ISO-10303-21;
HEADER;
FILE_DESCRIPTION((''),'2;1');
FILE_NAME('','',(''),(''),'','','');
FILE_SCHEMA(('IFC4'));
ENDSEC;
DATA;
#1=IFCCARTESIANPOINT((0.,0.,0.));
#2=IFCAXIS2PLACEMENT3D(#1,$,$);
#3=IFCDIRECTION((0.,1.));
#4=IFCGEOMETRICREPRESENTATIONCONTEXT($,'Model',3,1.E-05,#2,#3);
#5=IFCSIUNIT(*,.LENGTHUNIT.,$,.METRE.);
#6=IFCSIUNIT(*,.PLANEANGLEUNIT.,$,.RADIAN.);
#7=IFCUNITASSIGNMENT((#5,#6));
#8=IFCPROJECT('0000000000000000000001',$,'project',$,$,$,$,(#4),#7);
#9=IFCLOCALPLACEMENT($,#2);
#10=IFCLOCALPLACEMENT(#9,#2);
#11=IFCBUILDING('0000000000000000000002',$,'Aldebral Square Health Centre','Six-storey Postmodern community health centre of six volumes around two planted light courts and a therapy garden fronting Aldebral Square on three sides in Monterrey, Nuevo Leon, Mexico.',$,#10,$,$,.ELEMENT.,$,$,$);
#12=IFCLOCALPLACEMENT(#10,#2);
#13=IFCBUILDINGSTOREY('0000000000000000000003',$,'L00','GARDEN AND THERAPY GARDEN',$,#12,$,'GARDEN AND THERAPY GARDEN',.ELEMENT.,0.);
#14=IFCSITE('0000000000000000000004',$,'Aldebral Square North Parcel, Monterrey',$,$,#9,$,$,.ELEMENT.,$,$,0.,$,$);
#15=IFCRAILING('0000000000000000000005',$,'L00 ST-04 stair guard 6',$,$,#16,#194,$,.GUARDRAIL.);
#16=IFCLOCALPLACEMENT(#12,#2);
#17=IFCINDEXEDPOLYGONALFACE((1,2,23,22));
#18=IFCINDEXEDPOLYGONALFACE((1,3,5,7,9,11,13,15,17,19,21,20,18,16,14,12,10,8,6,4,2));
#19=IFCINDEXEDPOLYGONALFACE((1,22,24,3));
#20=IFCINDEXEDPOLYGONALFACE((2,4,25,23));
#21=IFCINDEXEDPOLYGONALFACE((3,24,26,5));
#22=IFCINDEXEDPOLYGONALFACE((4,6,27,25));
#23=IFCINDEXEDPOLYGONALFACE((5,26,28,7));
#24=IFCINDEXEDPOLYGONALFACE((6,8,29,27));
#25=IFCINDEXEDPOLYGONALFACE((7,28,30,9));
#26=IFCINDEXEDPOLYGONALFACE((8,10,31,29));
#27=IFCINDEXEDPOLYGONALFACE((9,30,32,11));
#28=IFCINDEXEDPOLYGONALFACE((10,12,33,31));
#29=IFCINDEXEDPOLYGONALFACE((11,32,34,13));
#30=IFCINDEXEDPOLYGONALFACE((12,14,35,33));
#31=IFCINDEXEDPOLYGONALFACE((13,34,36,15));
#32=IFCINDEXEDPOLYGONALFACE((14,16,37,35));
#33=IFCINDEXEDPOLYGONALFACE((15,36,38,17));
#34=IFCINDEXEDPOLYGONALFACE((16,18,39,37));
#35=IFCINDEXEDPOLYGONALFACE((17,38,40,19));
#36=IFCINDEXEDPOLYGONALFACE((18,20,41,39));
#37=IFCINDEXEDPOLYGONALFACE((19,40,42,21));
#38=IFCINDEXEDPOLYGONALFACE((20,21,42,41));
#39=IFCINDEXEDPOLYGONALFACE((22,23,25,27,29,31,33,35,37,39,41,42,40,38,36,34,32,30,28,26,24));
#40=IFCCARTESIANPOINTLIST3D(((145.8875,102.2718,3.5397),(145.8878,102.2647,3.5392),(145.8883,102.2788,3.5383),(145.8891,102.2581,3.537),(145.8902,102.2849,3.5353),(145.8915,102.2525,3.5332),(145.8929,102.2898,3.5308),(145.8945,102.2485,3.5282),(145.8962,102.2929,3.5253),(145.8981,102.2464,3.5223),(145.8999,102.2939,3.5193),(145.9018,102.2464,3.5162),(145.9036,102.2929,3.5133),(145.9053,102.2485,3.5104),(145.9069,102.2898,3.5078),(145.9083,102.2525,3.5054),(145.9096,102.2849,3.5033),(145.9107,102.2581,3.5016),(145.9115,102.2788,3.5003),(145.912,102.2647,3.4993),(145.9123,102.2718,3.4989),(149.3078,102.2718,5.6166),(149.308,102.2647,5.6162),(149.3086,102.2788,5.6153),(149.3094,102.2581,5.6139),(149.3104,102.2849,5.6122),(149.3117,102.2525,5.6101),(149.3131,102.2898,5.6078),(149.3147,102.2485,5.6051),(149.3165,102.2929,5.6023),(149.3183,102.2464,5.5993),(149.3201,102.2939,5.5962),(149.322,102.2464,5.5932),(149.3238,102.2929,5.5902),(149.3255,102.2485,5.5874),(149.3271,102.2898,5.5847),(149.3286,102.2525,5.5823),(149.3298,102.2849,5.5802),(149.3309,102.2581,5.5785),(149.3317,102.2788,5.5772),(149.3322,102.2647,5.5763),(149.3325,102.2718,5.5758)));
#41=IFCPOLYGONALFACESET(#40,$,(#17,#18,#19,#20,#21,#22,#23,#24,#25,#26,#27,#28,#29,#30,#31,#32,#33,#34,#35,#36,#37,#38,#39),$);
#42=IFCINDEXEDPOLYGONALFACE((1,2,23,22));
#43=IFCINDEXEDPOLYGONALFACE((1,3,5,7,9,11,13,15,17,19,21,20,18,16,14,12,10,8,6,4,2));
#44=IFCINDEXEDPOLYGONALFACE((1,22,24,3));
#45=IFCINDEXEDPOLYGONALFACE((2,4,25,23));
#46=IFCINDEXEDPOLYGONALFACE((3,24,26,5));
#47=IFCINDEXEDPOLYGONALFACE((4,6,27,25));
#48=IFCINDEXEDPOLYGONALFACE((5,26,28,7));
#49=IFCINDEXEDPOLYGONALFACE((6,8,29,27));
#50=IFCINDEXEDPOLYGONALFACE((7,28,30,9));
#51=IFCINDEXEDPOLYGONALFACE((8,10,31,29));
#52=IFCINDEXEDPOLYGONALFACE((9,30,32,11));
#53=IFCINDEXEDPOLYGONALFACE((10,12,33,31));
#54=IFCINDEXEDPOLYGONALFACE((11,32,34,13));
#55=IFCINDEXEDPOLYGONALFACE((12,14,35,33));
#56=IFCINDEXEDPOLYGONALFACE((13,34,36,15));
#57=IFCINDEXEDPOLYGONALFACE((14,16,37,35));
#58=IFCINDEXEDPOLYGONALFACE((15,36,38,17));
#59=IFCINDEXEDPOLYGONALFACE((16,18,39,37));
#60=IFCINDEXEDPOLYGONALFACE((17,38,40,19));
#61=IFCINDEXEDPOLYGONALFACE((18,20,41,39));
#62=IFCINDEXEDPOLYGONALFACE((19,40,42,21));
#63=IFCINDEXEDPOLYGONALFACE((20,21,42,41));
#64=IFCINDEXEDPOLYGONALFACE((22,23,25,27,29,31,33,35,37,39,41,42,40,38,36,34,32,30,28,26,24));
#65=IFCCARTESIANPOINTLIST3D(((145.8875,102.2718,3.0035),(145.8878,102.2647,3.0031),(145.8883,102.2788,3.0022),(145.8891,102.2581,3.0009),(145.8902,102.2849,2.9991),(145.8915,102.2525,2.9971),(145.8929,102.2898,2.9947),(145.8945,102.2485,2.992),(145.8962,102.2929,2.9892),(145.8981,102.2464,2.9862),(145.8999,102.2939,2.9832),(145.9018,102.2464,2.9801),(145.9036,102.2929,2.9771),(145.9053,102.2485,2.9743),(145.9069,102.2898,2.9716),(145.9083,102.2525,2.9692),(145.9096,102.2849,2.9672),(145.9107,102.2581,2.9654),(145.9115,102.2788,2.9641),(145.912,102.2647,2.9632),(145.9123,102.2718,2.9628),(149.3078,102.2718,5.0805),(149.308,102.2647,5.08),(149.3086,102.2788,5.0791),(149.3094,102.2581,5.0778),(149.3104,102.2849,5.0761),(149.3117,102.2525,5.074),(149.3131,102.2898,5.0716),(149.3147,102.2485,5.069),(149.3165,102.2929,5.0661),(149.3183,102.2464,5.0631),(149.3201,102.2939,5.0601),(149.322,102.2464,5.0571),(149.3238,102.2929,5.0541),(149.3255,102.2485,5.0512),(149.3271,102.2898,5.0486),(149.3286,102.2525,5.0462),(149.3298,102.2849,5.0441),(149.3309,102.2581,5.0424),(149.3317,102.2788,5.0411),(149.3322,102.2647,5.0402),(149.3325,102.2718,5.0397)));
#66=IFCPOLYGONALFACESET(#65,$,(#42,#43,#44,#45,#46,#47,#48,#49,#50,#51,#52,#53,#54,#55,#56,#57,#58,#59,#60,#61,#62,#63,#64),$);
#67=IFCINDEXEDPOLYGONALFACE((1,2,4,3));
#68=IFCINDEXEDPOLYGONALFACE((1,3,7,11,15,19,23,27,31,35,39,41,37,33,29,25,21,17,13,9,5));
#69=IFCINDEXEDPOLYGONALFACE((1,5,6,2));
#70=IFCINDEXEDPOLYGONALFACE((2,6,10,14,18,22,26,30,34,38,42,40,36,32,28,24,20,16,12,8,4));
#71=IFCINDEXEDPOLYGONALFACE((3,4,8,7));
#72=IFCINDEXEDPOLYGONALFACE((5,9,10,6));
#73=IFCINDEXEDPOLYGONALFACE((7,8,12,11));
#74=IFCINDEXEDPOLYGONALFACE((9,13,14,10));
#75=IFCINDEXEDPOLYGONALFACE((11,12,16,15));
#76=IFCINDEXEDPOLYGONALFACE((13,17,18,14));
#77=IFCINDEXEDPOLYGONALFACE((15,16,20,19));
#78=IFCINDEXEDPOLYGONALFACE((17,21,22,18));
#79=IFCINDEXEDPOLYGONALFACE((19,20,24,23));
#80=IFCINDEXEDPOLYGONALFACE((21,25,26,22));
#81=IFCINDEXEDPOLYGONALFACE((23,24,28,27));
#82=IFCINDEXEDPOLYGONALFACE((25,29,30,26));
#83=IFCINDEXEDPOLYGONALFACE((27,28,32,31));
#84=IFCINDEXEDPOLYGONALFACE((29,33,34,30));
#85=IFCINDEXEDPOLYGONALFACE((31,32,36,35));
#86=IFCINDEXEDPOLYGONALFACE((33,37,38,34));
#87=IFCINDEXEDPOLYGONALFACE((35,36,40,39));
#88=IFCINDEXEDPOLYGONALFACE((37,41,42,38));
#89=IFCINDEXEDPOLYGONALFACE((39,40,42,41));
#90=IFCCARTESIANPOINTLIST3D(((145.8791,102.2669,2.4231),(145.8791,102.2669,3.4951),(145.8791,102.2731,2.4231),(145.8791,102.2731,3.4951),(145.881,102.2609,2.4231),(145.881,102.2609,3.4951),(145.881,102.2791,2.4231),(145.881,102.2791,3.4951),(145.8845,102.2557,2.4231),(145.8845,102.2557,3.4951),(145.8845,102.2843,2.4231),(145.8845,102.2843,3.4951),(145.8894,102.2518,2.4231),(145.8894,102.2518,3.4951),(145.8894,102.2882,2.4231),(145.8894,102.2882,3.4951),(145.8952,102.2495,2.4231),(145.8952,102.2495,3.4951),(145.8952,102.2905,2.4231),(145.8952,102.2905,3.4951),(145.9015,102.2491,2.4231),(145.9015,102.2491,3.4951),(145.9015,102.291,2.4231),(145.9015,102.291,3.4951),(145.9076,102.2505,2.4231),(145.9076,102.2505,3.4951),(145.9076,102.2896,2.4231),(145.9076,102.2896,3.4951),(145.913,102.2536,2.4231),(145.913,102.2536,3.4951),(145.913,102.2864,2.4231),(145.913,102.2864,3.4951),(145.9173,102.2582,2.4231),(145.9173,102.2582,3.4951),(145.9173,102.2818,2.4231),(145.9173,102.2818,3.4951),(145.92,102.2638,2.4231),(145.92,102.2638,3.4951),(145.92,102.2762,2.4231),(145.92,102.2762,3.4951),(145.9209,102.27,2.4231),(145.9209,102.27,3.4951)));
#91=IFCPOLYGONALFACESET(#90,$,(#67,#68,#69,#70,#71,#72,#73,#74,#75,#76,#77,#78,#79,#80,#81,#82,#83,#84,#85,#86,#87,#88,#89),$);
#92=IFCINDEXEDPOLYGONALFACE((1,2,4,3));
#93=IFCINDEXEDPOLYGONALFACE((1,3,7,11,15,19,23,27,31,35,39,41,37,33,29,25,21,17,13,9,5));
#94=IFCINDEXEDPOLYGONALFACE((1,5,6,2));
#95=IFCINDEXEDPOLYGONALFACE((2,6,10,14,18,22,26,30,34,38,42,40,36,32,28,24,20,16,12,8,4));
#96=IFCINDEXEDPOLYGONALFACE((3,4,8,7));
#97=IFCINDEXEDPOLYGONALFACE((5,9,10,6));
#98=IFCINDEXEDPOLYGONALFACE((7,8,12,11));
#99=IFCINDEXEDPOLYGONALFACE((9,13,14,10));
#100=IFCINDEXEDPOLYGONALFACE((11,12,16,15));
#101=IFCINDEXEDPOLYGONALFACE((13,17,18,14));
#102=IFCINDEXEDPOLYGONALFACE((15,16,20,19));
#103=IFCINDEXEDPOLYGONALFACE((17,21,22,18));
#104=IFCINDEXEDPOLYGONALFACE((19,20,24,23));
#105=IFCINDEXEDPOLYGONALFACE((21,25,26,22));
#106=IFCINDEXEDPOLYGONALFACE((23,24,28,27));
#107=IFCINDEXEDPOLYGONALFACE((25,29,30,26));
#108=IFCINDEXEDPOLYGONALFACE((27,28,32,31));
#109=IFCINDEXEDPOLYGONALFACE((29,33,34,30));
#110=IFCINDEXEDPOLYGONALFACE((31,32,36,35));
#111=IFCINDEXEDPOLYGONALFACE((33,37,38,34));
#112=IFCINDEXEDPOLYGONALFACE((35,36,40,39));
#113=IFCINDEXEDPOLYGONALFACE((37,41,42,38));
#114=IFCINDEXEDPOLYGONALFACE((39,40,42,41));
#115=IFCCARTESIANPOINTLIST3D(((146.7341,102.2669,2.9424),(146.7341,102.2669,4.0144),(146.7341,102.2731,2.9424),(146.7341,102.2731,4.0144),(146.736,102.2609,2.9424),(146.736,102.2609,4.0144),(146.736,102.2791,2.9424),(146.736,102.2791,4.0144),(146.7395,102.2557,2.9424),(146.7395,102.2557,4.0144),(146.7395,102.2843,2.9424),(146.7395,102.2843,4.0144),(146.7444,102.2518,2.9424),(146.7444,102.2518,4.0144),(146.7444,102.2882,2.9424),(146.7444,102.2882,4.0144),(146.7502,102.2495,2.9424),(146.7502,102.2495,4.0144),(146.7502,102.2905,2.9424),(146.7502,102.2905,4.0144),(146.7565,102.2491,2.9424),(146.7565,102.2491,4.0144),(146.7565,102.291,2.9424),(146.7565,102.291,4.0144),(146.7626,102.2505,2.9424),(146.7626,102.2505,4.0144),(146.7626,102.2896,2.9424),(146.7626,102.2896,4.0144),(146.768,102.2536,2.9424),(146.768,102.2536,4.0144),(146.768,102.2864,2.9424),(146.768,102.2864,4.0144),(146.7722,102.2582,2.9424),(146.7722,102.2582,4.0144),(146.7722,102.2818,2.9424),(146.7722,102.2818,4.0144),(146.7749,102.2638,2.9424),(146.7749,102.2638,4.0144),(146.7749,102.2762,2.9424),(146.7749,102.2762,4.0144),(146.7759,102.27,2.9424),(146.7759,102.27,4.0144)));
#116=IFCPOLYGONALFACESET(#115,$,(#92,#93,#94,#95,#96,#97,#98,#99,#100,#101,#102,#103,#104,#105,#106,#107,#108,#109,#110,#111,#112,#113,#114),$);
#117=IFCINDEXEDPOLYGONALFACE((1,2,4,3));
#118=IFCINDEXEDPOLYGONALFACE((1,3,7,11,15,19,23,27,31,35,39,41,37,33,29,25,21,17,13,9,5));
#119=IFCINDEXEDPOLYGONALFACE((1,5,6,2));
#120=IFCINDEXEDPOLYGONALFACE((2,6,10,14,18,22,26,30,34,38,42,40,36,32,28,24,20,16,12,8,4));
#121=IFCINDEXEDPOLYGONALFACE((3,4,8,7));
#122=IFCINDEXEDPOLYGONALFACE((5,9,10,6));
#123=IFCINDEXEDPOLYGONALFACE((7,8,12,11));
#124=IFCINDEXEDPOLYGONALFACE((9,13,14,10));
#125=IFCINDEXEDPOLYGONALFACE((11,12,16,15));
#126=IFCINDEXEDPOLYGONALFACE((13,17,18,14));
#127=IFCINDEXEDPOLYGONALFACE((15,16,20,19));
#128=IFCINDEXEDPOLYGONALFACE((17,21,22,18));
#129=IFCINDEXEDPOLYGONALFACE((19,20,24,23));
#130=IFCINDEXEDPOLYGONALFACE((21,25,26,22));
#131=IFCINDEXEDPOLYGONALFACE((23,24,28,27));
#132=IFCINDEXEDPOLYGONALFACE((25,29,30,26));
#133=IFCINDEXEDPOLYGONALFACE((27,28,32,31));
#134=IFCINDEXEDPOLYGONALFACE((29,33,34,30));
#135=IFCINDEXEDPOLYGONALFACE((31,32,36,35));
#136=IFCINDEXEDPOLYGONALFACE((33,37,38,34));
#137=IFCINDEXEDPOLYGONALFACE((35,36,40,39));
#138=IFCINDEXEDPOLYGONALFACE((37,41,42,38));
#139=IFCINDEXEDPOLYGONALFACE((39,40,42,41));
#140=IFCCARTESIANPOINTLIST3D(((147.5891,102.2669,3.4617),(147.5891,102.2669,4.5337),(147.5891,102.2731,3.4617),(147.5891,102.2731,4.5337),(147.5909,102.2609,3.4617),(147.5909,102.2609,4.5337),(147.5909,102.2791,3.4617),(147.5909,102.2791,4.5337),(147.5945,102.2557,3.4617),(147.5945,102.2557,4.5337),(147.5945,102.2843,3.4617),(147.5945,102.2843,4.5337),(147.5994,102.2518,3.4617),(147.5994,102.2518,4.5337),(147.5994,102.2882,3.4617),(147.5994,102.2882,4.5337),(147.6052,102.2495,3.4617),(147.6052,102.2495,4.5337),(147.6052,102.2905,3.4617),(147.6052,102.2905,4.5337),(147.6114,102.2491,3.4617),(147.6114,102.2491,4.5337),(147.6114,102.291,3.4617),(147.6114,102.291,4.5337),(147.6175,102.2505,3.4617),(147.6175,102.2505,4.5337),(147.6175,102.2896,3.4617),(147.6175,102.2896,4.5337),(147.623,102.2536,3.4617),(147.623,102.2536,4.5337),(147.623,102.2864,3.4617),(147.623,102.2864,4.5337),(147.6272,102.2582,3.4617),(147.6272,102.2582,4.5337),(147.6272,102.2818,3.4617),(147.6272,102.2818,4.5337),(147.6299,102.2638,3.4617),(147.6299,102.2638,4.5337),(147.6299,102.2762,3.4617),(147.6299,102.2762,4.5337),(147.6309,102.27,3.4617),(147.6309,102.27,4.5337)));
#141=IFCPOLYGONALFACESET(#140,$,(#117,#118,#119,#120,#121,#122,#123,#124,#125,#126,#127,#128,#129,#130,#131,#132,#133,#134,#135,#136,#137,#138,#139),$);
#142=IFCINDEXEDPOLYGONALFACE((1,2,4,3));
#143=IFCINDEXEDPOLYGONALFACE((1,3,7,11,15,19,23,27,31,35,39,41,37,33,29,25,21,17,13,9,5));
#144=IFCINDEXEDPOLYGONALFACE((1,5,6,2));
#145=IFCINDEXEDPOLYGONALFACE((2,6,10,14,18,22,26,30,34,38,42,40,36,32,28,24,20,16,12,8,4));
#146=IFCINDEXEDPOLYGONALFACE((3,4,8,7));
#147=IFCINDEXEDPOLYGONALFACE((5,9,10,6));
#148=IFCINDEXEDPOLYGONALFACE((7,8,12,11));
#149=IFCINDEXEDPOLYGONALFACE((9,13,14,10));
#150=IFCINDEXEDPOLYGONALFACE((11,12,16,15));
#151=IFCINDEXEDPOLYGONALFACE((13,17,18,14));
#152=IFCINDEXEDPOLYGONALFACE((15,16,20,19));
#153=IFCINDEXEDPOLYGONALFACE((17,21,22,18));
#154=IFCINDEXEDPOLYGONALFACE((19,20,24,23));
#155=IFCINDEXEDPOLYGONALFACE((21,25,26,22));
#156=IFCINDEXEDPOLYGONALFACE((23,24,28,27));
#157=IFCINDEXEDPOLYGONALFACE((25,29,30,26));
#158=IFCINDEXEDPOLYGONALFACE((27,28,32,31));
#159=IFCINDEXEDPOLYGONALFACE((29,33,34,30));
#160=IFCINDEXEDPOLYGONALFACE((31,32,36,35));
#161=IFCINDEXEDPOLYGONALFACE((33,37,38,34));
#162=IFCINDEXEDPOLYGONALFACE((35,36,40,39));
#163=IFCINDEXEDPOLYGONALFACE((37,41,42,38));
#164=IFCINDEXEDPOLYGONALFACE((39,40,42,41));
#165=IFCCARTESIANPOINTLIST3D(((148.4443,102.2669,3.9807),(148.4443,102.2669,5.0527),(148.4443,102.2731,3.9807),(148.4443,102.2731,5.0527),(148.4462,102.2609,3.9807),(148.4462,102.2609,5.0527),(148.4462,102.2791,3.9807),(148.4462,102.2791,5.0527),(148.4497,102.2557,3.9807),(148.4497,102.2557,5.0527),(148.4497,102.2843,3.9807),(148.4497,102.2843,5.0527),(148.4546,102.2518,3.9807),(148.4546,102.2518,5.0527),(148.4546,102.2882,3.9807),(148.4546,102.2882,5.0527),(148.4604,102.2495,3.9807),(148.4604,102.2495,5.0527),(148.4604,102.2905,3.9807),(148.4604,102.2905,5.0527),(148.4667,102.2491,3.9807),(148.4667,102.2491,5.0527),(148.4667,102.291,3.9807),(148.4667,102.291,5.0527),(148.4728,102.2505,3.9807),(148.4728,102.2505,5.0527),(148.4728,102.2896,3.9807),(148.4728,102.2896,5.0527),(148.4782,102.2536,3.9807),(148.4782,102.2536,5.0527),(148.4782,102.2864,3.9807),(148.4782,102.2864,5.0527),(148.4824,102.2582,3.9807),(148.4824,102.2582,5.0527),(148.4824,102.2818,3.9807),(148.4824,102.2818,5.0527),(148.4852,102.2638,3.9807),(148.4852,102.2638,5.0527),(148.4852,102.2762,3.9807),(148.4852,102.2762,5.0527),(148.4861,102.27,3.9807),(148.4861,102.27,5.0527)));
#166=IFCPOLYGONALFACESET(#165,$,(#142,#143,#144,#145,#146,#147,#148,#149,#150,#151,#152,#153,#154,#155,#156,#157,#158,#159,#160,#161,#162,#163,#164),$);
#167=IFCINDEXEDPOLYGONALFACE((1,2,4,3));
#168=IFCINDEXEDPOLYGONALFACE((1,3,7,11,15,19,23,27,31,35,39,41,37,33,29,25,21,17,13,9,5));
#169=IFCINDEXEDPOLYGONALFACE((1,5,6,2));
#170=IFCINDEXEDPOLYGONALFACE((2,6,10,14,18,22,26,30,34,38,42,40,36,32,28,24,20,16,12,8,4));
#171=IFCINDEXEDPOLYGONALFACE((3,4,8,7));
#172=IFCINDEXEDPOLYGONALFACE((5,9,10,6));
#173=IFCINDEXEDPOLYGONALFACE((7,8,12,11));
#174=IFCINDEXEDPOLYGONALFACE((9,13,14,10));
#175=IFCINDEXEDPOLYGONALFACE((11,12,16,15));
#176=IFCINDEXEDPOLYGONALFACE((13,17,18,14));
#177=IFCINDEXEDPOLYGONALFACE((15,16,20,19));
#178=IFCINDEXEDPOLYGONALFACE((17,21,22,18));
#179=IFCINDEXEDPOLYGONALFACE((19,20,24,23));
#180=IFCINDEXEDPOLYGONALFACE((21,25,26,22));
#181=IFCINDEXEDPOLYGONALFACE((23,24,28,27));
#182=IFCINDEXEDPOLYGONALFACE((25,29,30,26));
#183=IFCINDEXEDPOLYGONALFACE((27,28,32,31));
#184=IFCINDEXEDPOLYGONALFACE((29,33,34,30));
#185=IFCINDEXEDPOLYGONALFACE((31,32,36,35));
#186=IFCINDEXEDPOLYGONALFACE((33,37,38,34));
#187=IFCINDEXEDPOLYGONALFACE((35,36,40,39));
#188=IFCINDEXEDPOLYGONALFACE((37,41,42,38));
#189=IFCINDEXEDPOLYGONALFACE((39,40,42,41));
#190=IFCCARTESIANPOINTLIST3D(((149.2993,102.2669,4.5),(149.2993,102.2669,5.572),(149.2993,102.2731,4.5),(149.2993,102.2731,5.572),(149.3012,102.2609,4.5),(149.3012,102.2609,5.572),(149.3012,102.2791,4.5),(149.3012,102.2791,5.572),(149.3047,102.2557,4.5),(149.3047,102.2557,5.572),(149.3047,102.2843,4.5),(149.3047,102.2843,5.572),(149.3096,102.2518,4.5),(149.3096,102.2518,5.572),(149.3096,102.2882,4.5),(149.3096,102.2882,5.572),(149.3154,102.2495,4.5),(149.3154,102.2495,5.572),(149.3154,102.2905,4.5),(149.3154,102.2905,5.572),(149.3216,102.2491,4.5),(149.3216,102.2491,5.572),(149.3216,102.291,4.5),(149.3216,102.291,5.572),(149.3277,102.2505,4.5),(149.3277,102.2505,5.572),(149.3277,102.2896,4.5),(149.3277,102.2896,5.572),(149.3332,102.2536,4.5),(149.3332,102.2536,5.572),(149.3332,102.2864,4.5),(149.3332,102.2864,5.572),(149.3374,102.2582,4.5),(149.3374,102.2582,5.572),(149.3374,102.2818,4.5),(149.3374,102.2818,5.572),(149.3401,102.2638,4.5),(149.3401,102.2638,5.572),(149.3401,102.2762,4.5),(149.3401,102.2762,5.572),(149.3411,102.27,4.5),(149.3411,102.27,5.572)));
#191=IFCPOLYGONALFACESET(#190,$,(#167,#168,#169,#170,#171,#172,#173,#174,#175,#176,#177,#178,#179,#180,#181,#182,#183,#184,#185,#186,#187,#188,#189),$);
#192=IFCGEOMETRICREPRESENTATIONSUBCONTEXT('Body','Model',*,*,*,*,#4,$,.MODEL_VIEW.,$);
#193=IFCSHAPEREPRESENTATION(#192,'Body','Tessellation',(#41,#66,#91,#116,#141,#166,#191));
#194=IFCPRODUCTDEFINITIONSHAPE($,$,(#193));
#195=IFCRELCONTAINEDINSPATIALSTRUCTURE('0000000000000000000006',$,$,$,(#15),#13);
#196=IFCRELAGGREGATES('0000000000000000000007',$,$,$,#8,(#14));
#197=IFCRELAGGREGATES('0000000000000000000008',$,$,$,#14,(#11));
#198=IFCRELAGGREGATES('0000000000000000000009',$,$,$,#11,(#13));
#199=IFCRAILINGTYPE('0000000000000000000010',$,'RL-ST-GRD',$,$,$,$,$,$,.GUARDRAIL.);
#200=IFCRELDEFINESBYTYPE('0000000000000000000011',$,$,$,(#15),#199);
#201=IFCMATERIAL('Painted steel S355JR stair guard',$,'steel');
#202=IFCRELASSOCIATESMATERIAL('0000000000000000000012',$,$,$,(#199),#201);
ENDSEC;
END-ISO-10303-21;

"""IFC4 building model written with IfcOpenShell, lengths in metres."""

from ifc_helpers import new_model, si_unit, direction, frame, origin, origin_2d, place, context, subcontext, project, spatial, circle, extrude, material, type_object, element, save


model = new_model("IFC4")

# Units and contexts
model_context = context("Model", 3, precision=1e-05, world=origin(), true_north=direction((0.0, 1.0)))
body_context = subcontext(model_context, "Body", "Model", "MODEL_VIEW")
ifc_project = project(units=[si_unit("LENGTHUNIT", "METRE"), si_unit("PLANEANGLEUNIT", "RADIAN")], contexts=[model_context])

# Site, building, storey
site_placement = place(None, origin())
site = spatial("IfcSite", under=ifc_project, at=site_placement, Name="Aldebral Square North Parcel, Monterrey", CompositionType="ELEMENT", RefElevation=0.0)
building_placement = place(site_placement, origin())
building = spatial("IfcBuilding", under=site, at=building_placement, Name="Aldebral Square Health Centre", Description="Six-storey Postmodern community health centre of six volumes around two planted light courts and a therapy garden fronting Aldebral Square on three sides in Monterrey, Nuevo Leon, Mexico.", CompositionType="ELEMENT")
storey_placement = place(building_placement, origin())
storey = spatial("IfcBuildingStorey", under=building, at=storey_placement, Name="L00", Description="GARDEN AND THERAPY GARDEN", LongName="GARDEN AND THERAPY GARDEN", CompositionType="ELEMENT", Elevation=0.0)

# Railing
ifc_material_1 = material(Name="Painted steel S355JR stair guard", Category="steel")
railing_type_1 = type_object("IfcRailingType", Name="RL-ST-GRD", PredefinedType="GUARDRAIL", material=ifc_material_1)
railing_1_placement = place(storey_placement, frame((145.8999, 102.27, 2.4231)))
element("IfcRailing", 1, at=railing_1_placement, inside=storey, type_object=railing_type_1, Name="L00 ST-04 stair guard 6", PredefinedType="GUARDRAIL", context=body_context, shape_type="SweptSolid", body=[
    extrude(circle(Radius=0.0239, at=origin_2d()), frame((0.0, 0.0, 1.0962), z_axis=(0.854746, 0.0, 0.519047), x_axis=(0.0, 1.0, 0.0)), (0.0, 0.0, 1.0), 4.0015),
    extrude(circle(Radius=0.0239, at=origin_2d()), frame((0.0, 0.0, 0.5601), z_axis=(0.854746, 0.0, 0.519047), x_axis=(0.0, 1.0, 0.0)), (0.0, 0.0, 1.0), 4.0015),
    extrude(circle(Radius=0.021, at=origin_2d()), origin(), (0.0, 0.0, 1.0), 1.072),
    extrude(circle(Radius=0.021, at=origin_2d()), frame((0.855, 0.0, 0.5193)), (0.0, 0.0, 1.0), 1.072),
    extrude(circle(Radius=0.021, at=origin_2d()), frame((1.71, 0.0, 1.0386)), (0.0, 0.0, 1.0), 1.072),
    extrude(circle(Radius=0.021, at=origin_2d()), frame((2.5652, 0.0, 1.5576)), (0.0, 0.0, 1.0), 1.072),
    extrude(circle(Radius=0.021, at=origin_2d()), frame((3.4202, 0.0, 2.0769)), (0.0, 0.0, 1.0), 1.072),
])

save(model, "model.ifc")
